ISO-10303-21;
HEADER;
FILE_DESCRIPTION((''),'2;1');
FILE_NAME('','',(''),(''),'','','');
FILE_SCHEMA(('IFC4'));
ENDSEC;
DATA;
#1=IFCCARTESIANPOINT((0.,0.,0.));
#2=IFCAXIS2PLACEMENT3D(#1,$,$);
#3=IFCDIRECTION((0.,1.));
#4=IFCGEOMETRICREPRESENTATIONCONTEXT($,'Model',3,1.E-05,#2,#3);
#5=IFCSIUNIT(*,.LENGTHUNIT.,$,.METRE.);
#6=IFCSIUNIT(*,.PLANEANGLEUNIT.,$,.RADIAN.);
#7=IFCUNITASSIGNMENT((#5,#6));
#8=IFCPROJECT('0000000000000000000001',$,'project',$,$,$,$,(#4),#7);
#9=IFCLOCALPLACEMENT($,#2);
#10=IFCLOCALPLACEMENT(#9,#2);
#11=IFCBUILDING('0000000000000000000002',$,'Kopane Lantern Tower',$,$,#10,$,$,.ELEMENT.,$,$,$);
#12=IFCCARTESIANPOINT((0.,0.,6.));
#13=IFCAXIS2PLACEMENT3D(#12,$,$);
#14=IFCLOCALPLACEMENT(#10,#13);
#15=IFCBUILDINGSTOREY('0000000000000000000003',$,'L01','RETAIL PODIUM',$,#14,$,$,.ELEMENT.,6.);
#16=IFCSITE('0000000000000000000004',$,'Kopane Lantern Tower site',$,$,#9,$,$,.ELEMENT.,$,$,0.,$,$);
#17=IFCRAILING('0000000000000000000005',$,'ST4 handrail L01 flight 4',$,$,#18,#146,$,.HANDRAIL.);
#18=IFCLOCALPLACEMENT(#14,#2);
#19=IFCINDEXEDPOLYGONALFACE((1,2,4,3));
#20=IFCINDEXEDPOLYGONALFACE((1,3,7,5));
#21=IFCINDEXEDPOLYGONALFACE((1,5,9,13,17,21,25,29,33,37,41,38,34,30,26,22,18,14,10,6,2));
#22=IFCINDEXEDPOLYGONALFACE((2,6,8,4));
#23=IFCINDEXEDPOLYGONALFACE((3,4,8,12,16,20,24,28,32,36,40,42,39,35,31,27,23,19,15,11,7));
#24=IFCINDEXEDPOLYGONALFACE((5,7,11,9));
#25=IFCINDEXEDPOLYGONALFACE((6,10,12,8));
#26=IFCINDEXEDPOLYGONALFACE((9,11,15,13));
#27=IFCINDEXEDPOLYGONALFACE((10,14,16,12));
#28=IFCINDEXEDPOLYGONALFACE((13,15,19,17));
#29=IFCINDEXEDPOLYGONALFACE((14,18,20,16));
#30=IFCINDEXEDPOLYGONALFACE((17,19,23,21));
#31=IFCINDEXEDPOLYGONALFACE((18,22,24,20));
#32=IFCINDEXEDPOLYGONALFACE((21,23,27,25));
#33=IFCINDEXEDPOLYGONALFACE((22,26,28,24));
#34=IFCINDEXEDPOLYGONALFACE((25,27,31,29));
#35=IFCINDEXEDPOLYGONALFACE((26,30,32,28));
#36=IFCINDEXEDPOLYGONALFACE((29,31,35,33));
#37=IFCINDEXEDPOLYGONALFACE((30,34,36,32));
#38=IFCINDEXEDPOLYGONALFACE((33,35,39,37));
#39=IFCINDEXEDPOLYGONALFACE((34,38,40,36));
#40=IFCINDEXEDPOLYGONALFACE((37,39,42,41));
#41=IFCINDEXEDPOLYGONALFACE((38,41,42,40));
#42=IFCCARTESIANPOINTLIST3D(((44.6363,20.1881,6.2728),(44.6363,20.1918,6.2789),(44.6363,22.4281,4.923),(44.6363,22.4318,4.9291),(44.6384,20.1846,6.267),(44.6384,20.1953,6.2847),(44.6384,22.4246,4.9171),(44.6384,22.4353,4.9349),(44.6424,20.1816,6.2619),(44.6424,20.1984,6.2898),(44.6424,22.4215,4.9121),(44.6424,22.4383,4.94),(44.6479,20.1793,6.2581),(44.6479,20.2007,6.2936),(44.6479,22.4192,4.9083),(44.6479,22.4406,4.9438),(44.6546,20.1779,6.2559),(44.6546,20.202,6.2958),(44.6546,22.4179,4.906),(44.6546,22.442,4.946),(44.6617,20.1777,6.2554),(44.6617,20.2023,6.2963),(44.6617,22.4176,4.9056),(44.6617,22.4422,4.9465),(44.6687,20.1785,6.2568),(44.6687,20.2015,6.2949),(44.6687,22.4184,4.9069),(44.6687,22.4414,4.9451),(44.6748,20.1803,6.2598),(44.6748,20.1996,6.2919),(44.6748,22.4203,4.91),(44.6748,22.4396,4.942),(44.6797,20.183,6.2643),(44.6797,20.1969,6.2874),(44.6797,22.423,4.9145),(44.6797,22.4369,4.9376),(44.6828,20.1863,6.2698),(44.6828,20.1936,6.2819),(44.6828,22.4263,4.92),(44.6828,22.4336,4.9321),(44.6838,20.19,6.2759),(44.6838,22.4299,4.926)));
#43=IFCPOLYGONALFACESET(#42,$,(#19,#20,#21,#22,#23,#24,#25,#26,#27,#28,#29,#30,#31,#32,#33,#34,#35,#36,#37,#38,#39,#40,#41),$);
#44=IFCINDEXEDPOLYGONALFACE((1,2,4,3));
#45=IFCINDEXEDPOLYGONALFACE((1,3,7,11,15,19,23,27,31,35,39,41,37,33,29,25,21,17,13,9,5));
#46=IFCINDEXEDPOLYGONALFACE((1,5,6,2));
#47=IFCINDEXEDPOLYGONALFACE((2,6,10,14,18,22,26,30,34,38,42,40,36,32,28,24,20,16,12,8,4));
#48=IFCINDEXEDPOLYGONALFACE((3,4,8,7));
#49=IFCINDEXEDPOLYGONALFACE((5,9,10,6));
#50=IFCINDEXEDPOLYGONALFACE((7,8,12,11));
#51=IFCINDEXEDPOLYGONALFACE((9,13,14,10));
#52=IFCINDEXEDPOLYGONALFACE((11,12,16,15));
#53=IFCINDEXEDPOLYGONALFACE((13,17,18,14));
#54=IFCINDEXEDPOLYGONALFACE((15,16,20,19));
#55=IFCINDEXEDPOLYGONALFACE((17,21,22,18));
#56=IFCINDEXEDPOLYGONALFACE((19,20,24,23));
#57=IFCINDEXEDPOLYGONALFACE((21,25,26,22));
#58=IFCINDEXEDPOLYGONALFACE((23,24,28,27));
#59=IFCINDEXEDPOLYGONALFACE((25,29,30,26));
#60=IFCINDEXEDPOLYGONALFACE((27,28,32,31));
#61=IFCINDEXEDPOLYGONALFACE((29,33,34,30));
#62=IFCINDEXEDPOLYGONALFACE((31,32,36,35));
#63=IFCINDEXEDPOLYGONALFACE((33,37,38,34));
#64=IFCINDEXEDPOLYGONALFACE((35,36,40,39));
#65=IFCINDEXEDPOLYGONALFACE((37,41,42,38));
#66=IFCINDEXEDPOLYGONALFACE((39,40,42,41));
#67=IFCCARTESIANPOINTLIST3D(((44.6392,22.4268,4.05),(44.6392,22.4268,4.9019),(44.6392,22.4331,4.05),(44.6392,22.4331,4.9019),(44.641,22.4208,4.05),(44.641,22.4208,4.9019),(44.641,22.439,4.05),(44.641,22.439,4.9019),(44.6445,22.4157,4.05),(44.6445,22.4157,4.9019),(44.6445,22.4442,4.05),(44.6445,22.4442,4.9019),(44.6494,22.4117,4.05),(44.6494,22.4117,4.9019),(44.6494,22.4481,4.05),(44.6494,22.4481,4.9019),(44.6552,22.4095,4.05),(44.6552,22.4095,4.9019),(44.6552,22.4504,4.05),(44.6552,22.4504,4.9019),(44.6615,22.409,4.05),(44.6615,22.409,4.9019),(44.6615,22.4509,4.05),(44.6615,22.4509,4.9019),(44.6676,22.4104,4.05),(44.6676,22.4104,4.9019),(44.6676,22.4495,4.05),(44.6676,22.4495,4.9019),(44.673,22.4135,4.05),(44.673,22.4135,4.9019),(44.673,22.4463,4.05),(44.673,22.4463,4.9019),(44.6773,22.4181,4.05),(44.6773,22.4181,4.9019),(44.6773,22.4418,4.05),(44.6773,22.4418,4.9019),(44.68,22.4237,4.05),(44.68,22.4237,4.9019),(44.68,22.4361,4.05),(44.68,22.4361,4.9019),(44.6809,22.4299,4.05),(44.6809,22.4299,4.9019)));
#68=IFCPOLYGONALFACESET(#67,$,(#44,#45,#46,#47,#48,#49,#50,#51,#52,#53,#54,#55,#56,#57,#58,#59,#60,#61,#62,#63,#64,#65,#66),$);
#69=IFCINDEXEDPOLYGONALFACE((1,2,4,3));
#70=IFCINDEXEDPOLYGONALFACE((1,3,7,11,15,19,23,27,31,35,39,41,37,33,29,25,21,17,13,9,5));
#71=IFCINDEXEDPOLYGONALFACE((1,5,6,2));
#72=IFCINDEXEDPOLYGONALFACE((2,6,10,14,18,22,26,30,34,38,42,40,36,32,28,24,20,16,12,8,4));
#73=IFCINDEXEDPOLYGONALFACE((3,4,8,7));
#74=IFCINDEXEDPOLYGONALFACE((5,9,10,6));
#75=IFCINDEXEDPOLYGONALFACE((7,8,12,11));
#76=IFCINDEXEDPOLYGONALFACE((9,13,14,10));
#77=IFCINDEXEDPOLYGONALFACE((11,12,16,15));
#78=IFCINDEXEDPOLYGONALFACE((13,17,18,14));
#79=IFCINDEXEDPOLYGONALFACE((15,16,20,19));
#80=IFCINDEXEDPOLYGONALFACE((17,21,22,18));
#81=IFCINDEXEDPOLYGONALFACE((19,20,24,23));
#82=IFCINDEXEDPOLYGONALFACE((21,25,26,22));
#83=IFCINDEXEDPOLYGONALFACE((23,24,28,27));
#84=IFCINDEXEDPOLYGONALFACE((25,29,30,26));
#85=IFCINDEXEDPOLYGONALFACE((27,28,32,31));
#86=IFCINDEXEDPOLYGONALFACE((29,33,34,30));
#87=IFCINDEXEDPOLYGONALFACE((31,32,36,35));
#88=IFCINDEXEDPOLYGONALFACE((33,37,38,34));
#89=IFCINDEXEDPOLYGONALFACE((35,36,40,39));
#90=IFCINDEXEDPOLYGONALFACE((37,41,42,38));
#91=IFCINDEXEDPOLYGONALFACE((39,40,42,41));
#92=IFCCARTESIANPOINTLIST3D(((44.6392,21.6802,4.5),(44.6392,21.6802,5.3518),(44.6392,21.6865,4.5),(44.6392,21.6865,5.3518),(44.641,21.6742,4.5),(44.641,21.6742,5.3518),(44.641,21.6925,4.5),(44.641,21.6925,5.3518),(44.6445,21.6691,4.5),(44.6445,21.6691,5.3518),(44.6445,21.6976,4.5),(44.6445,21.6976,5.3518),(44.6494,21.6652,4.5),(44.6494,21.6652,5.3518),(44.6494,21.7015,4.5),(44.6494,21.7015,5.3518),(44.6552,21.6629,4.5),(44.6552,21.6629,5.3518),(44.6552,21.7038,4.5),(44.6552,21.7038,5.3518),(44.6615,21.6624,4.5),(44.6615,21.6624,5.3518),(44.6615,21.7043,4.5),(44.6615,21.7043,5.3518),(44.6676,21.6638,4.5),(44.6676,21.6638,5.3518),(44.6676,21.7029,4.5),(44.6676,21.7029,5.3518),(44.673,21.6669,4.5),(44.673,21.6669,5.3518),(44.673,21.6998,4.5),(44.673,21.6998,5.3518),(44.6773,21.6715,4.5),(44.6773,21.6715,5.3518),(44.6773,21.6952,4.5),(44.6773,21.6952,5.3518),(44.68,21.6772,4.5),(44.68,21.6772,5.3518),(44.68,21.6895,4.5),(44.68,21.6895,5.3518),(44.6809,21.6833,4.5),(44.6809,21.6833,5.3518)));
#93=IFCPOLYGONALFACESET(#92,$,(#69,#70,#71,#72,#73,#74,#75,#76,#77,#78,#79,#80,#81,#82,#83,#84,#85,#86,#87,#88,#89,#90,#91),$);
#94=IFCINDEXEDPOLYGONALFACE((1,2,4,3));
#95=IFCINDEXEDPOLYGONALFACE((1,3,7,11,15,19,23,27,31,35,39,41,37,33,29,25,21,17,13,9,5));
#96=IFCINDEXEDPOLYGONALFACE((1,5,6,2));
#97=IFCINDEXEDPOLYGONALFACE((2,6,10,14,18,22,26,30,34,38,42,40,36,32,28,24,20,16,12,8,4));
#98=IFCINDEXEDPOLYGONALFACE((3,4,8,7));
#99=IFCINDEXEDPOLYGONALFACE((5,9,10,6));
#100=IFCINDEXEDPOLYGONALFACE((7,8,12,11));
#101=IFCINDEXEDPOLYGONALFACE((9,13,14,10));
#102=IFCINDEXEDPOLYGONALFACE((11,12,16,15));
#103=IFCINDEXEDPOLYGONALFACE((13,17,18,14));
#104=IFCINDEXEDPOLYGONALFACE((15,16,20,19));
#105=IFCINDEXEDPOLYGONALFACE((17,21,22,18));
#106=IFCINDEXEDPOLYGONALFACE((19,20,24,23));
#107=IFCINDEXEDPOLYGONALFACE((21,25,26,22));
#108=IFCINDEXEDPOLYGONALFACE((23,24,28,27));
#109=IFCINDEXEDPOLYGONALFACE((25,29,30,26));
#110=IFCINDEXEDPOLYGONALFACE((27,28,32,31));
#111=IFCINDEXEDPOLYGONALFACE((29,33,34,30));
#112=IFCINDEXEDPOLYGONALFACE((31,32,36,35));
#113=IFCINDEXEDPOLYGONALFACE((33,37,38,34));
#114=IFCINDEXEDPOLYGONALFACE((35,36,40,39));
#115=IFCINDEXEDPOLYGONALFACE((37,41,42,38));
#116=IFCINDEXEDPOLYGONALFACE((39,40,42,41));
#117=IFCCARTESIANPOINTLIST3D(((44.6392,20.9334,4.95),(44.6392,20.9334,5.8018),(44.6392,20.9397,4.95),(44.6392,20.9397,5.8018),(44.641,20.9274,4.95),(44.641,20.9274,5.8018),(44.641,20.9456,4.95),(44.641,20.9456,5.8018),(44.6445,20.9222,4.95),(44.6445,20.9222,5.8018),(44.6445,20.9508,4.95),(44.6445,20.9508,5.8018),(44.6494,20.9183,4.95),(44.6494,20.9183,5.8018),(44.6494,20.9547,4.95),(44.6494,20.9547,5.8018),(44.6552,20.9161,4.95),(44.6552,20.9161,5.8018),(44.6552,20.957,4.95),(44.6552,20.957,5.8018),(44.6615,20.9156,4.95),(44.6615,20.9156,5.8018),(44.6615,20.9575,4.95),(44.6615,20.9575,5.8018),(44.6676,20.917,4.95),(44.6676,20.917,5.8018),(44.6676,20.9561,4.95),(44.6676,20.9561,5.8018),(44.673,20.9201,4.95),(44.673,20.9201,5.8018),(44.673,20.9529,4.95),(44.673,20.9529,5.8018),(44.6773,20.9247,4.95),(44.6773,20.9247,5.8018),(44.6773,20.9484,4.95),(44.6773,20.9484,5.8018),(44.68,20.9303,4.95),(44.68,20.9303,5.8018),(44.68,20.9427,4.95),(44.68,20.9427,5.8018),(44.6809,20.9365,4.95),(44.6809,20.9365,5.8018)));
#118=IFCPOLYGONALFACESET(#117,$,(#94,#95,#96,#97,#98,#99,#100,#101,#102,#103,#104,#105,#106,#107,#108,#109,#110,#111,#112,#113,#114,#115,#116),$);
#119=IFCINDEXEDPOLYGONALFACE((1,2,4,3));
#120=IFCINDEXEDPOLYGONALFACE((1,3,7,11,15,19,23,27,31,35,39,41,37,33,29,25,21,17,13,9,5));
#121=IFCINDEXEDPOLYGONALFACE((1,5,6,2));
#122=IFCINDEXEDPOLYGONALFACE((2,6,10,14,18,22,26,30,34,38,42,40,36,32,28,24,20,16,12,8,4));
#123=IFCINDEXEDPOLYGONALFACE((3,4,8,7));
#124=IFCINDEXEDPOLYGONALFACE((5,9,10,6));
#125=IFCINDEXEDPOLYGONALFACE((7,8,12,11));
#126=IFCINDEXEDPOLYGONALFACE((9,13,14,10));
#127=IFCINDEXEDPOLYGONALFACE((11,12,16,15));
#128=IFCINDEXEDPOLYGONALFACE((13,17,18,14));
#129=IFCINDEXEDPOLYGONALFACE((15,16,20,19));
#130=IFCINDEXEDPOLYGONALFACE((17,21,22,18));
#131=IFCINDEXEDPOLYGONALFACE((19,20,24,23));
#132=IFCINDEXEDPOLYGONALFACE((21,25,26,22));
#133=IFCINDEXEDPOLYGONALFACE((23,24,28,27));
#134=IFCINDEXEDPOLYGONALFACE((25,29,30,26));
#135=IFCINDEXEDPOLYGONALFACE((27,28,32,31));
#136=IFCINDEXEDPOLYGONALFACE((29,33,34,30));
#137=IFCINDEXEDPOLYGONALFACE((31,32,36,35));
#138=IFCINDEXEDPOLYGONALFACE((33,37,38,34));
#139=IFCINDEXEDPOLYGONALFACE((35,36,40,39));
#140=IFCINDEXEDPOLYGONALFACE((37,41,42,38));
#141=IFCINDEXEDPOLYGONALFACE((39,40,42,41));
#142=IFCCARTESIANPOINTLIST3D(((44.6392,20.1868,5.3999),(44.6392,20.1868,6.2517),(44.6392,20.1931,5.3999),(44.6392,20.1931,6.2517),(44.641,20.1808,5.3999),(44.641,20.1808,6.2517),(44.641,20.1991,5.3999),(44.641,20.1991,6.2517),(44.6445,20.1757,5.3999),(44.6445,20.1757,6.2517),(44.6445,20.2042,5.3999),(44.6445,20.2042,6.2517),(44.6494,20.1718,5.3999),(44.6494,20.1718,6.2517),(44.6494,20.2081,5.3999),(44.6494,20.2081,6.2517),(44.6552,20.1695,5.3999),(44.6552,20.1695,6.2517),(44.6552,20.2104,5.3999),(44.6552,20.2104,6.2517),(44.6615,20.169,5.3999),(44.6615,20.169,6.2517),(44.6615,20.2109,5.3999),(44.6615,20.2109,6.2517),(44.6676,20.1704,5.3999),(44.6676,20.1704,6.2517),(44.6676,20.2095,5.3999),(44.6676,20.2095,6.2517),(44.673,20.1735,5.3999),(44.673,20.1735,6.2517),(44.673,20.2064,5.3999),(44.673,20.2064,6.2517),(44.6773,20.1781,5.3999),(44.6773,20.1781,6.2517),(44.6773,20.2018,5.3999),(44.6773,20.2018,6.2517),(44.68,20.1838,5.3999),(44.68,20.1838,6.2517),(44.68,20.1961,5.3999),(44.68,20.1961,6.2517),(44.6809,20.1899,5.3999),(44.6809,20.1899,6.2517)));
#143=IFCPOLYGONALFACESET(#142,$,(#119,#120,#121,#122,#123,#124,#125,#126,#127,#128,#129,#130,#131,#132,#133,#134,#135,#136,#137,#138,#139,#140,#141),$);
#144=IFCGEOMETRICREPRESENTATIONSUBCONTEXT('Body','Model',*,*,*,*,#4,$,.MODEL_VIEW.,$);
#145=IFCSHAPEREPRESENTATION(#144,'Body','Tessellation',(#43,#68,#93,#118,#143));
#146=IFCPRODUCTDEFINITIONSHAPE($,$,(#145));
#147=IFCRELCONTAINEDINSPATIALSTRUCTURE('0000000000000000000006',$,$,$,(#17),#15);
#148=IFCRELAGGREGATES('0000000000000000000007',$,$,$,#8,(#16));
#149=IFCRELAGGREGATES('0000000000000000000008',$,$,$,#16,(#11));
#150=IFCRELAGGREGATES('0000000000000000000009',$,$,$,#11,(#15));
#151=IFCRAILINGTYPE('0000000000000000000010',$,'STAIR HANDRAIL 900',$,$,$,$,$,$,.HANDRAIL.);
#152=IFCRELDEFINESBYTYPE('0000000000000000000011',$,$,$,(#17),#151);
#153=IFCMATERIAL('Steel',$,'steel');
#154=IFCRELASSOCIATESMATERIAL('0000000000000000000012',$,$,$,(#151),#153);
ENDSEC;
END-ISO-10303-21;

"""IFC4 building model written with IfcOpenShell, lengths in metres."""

from ifc_helpers import new_model, si_unit, direction, frame, origin, origin_2d, place, context, subcontext, project, spatial, circle, extrude, material, type_object, element, save


model = new_model("IFC4")

# Units and contexts
model_context = context("Model", 3, precision=1e-05, world=origin(), true_north=direction((0.0, 1.0)))
body_context = subcontext(model_context, "Body", "Model", "MODEL_VIEW")
ifc_project = project(units=[si_unit("LENGTHUNIT", "METRE"), si_unit("PLANEANGLEUNIT", "RADIAN")], contexts=[model_context])

# Site, building, storey
site_placement = place(None, origin())
site = spatial("IfcSite", under=ifc_project, at=site_placement, Name="Kopane Lantern Tower site", CompositionType="ELEMENT", RefElevation=0.0)
building_placement = place(site_placement, origin())
building = spatial("IfcBuilding", under=site, at=building_placement, Name="Kopane Lantern Tower", CompositionType="ELEMENT")
storey_placement = place(building_placement, frame((0.0, 0.0, 6.0)))
storey = spatial("IfcBuildingStorey", under=building, at=storey_placement, Name="L01", Description="RETAIL PODIUM", CompositionType="ELEMENT", Elevation=6.0)

# Railing
ifc_material_1 = material(Name="Steel", Category="steel")
railing_type_1 = type_object("IfcRailingType", Name="STAIR HANDRAIL 900", PredefinedType="HANDRAIL", material=ifc_material_1)
for number, where, name in (
    (1, (44.6599, 22.4299, 4.05), "ST4 handrail L01 flight 4"),
):
    element("IfcRailing", number, at=place(storey_placement, frame(where)), inside=storey, type_object=railing_type_1, Name=name, PredefinedType="HANDRAIL", context=body_context, shape_type="SweptSolid", body=[
        extrude(circle(Radius=0.0239, at=origin_2d()), frame((0.0, 0.0, 0.876), z_axis=(0.0, -0.856503, 0.516142), x_axis=(1.0, 0.0, 0.0)), (0.0, 0.0, 1.0), 2.6152),
        extrude(circle(Radius=0.021, at=origin_2d()), origin(), (0.0, 0.0, 1.0), 0.8518),
        extrude(circle(Radius=0.021, at=origin_2d()), frame((0.0, -0.7466, 0.45)), (0.0, 0.0, 1.0), 0.8518),
        extrude(circle(Radius=0.021, at=origin_2d()), frame((0.0, -1.4934, 0.8999)), (0.0, 0.0, 1.0), 0.8518),
        extrude(circle(Radius=0.021, at=origin_2d()), frame((0.0, -2.24, 1.3499)), (0.0, 0.0, 1.0), 0.8518),
    ])

save(model, "model.ifc")
